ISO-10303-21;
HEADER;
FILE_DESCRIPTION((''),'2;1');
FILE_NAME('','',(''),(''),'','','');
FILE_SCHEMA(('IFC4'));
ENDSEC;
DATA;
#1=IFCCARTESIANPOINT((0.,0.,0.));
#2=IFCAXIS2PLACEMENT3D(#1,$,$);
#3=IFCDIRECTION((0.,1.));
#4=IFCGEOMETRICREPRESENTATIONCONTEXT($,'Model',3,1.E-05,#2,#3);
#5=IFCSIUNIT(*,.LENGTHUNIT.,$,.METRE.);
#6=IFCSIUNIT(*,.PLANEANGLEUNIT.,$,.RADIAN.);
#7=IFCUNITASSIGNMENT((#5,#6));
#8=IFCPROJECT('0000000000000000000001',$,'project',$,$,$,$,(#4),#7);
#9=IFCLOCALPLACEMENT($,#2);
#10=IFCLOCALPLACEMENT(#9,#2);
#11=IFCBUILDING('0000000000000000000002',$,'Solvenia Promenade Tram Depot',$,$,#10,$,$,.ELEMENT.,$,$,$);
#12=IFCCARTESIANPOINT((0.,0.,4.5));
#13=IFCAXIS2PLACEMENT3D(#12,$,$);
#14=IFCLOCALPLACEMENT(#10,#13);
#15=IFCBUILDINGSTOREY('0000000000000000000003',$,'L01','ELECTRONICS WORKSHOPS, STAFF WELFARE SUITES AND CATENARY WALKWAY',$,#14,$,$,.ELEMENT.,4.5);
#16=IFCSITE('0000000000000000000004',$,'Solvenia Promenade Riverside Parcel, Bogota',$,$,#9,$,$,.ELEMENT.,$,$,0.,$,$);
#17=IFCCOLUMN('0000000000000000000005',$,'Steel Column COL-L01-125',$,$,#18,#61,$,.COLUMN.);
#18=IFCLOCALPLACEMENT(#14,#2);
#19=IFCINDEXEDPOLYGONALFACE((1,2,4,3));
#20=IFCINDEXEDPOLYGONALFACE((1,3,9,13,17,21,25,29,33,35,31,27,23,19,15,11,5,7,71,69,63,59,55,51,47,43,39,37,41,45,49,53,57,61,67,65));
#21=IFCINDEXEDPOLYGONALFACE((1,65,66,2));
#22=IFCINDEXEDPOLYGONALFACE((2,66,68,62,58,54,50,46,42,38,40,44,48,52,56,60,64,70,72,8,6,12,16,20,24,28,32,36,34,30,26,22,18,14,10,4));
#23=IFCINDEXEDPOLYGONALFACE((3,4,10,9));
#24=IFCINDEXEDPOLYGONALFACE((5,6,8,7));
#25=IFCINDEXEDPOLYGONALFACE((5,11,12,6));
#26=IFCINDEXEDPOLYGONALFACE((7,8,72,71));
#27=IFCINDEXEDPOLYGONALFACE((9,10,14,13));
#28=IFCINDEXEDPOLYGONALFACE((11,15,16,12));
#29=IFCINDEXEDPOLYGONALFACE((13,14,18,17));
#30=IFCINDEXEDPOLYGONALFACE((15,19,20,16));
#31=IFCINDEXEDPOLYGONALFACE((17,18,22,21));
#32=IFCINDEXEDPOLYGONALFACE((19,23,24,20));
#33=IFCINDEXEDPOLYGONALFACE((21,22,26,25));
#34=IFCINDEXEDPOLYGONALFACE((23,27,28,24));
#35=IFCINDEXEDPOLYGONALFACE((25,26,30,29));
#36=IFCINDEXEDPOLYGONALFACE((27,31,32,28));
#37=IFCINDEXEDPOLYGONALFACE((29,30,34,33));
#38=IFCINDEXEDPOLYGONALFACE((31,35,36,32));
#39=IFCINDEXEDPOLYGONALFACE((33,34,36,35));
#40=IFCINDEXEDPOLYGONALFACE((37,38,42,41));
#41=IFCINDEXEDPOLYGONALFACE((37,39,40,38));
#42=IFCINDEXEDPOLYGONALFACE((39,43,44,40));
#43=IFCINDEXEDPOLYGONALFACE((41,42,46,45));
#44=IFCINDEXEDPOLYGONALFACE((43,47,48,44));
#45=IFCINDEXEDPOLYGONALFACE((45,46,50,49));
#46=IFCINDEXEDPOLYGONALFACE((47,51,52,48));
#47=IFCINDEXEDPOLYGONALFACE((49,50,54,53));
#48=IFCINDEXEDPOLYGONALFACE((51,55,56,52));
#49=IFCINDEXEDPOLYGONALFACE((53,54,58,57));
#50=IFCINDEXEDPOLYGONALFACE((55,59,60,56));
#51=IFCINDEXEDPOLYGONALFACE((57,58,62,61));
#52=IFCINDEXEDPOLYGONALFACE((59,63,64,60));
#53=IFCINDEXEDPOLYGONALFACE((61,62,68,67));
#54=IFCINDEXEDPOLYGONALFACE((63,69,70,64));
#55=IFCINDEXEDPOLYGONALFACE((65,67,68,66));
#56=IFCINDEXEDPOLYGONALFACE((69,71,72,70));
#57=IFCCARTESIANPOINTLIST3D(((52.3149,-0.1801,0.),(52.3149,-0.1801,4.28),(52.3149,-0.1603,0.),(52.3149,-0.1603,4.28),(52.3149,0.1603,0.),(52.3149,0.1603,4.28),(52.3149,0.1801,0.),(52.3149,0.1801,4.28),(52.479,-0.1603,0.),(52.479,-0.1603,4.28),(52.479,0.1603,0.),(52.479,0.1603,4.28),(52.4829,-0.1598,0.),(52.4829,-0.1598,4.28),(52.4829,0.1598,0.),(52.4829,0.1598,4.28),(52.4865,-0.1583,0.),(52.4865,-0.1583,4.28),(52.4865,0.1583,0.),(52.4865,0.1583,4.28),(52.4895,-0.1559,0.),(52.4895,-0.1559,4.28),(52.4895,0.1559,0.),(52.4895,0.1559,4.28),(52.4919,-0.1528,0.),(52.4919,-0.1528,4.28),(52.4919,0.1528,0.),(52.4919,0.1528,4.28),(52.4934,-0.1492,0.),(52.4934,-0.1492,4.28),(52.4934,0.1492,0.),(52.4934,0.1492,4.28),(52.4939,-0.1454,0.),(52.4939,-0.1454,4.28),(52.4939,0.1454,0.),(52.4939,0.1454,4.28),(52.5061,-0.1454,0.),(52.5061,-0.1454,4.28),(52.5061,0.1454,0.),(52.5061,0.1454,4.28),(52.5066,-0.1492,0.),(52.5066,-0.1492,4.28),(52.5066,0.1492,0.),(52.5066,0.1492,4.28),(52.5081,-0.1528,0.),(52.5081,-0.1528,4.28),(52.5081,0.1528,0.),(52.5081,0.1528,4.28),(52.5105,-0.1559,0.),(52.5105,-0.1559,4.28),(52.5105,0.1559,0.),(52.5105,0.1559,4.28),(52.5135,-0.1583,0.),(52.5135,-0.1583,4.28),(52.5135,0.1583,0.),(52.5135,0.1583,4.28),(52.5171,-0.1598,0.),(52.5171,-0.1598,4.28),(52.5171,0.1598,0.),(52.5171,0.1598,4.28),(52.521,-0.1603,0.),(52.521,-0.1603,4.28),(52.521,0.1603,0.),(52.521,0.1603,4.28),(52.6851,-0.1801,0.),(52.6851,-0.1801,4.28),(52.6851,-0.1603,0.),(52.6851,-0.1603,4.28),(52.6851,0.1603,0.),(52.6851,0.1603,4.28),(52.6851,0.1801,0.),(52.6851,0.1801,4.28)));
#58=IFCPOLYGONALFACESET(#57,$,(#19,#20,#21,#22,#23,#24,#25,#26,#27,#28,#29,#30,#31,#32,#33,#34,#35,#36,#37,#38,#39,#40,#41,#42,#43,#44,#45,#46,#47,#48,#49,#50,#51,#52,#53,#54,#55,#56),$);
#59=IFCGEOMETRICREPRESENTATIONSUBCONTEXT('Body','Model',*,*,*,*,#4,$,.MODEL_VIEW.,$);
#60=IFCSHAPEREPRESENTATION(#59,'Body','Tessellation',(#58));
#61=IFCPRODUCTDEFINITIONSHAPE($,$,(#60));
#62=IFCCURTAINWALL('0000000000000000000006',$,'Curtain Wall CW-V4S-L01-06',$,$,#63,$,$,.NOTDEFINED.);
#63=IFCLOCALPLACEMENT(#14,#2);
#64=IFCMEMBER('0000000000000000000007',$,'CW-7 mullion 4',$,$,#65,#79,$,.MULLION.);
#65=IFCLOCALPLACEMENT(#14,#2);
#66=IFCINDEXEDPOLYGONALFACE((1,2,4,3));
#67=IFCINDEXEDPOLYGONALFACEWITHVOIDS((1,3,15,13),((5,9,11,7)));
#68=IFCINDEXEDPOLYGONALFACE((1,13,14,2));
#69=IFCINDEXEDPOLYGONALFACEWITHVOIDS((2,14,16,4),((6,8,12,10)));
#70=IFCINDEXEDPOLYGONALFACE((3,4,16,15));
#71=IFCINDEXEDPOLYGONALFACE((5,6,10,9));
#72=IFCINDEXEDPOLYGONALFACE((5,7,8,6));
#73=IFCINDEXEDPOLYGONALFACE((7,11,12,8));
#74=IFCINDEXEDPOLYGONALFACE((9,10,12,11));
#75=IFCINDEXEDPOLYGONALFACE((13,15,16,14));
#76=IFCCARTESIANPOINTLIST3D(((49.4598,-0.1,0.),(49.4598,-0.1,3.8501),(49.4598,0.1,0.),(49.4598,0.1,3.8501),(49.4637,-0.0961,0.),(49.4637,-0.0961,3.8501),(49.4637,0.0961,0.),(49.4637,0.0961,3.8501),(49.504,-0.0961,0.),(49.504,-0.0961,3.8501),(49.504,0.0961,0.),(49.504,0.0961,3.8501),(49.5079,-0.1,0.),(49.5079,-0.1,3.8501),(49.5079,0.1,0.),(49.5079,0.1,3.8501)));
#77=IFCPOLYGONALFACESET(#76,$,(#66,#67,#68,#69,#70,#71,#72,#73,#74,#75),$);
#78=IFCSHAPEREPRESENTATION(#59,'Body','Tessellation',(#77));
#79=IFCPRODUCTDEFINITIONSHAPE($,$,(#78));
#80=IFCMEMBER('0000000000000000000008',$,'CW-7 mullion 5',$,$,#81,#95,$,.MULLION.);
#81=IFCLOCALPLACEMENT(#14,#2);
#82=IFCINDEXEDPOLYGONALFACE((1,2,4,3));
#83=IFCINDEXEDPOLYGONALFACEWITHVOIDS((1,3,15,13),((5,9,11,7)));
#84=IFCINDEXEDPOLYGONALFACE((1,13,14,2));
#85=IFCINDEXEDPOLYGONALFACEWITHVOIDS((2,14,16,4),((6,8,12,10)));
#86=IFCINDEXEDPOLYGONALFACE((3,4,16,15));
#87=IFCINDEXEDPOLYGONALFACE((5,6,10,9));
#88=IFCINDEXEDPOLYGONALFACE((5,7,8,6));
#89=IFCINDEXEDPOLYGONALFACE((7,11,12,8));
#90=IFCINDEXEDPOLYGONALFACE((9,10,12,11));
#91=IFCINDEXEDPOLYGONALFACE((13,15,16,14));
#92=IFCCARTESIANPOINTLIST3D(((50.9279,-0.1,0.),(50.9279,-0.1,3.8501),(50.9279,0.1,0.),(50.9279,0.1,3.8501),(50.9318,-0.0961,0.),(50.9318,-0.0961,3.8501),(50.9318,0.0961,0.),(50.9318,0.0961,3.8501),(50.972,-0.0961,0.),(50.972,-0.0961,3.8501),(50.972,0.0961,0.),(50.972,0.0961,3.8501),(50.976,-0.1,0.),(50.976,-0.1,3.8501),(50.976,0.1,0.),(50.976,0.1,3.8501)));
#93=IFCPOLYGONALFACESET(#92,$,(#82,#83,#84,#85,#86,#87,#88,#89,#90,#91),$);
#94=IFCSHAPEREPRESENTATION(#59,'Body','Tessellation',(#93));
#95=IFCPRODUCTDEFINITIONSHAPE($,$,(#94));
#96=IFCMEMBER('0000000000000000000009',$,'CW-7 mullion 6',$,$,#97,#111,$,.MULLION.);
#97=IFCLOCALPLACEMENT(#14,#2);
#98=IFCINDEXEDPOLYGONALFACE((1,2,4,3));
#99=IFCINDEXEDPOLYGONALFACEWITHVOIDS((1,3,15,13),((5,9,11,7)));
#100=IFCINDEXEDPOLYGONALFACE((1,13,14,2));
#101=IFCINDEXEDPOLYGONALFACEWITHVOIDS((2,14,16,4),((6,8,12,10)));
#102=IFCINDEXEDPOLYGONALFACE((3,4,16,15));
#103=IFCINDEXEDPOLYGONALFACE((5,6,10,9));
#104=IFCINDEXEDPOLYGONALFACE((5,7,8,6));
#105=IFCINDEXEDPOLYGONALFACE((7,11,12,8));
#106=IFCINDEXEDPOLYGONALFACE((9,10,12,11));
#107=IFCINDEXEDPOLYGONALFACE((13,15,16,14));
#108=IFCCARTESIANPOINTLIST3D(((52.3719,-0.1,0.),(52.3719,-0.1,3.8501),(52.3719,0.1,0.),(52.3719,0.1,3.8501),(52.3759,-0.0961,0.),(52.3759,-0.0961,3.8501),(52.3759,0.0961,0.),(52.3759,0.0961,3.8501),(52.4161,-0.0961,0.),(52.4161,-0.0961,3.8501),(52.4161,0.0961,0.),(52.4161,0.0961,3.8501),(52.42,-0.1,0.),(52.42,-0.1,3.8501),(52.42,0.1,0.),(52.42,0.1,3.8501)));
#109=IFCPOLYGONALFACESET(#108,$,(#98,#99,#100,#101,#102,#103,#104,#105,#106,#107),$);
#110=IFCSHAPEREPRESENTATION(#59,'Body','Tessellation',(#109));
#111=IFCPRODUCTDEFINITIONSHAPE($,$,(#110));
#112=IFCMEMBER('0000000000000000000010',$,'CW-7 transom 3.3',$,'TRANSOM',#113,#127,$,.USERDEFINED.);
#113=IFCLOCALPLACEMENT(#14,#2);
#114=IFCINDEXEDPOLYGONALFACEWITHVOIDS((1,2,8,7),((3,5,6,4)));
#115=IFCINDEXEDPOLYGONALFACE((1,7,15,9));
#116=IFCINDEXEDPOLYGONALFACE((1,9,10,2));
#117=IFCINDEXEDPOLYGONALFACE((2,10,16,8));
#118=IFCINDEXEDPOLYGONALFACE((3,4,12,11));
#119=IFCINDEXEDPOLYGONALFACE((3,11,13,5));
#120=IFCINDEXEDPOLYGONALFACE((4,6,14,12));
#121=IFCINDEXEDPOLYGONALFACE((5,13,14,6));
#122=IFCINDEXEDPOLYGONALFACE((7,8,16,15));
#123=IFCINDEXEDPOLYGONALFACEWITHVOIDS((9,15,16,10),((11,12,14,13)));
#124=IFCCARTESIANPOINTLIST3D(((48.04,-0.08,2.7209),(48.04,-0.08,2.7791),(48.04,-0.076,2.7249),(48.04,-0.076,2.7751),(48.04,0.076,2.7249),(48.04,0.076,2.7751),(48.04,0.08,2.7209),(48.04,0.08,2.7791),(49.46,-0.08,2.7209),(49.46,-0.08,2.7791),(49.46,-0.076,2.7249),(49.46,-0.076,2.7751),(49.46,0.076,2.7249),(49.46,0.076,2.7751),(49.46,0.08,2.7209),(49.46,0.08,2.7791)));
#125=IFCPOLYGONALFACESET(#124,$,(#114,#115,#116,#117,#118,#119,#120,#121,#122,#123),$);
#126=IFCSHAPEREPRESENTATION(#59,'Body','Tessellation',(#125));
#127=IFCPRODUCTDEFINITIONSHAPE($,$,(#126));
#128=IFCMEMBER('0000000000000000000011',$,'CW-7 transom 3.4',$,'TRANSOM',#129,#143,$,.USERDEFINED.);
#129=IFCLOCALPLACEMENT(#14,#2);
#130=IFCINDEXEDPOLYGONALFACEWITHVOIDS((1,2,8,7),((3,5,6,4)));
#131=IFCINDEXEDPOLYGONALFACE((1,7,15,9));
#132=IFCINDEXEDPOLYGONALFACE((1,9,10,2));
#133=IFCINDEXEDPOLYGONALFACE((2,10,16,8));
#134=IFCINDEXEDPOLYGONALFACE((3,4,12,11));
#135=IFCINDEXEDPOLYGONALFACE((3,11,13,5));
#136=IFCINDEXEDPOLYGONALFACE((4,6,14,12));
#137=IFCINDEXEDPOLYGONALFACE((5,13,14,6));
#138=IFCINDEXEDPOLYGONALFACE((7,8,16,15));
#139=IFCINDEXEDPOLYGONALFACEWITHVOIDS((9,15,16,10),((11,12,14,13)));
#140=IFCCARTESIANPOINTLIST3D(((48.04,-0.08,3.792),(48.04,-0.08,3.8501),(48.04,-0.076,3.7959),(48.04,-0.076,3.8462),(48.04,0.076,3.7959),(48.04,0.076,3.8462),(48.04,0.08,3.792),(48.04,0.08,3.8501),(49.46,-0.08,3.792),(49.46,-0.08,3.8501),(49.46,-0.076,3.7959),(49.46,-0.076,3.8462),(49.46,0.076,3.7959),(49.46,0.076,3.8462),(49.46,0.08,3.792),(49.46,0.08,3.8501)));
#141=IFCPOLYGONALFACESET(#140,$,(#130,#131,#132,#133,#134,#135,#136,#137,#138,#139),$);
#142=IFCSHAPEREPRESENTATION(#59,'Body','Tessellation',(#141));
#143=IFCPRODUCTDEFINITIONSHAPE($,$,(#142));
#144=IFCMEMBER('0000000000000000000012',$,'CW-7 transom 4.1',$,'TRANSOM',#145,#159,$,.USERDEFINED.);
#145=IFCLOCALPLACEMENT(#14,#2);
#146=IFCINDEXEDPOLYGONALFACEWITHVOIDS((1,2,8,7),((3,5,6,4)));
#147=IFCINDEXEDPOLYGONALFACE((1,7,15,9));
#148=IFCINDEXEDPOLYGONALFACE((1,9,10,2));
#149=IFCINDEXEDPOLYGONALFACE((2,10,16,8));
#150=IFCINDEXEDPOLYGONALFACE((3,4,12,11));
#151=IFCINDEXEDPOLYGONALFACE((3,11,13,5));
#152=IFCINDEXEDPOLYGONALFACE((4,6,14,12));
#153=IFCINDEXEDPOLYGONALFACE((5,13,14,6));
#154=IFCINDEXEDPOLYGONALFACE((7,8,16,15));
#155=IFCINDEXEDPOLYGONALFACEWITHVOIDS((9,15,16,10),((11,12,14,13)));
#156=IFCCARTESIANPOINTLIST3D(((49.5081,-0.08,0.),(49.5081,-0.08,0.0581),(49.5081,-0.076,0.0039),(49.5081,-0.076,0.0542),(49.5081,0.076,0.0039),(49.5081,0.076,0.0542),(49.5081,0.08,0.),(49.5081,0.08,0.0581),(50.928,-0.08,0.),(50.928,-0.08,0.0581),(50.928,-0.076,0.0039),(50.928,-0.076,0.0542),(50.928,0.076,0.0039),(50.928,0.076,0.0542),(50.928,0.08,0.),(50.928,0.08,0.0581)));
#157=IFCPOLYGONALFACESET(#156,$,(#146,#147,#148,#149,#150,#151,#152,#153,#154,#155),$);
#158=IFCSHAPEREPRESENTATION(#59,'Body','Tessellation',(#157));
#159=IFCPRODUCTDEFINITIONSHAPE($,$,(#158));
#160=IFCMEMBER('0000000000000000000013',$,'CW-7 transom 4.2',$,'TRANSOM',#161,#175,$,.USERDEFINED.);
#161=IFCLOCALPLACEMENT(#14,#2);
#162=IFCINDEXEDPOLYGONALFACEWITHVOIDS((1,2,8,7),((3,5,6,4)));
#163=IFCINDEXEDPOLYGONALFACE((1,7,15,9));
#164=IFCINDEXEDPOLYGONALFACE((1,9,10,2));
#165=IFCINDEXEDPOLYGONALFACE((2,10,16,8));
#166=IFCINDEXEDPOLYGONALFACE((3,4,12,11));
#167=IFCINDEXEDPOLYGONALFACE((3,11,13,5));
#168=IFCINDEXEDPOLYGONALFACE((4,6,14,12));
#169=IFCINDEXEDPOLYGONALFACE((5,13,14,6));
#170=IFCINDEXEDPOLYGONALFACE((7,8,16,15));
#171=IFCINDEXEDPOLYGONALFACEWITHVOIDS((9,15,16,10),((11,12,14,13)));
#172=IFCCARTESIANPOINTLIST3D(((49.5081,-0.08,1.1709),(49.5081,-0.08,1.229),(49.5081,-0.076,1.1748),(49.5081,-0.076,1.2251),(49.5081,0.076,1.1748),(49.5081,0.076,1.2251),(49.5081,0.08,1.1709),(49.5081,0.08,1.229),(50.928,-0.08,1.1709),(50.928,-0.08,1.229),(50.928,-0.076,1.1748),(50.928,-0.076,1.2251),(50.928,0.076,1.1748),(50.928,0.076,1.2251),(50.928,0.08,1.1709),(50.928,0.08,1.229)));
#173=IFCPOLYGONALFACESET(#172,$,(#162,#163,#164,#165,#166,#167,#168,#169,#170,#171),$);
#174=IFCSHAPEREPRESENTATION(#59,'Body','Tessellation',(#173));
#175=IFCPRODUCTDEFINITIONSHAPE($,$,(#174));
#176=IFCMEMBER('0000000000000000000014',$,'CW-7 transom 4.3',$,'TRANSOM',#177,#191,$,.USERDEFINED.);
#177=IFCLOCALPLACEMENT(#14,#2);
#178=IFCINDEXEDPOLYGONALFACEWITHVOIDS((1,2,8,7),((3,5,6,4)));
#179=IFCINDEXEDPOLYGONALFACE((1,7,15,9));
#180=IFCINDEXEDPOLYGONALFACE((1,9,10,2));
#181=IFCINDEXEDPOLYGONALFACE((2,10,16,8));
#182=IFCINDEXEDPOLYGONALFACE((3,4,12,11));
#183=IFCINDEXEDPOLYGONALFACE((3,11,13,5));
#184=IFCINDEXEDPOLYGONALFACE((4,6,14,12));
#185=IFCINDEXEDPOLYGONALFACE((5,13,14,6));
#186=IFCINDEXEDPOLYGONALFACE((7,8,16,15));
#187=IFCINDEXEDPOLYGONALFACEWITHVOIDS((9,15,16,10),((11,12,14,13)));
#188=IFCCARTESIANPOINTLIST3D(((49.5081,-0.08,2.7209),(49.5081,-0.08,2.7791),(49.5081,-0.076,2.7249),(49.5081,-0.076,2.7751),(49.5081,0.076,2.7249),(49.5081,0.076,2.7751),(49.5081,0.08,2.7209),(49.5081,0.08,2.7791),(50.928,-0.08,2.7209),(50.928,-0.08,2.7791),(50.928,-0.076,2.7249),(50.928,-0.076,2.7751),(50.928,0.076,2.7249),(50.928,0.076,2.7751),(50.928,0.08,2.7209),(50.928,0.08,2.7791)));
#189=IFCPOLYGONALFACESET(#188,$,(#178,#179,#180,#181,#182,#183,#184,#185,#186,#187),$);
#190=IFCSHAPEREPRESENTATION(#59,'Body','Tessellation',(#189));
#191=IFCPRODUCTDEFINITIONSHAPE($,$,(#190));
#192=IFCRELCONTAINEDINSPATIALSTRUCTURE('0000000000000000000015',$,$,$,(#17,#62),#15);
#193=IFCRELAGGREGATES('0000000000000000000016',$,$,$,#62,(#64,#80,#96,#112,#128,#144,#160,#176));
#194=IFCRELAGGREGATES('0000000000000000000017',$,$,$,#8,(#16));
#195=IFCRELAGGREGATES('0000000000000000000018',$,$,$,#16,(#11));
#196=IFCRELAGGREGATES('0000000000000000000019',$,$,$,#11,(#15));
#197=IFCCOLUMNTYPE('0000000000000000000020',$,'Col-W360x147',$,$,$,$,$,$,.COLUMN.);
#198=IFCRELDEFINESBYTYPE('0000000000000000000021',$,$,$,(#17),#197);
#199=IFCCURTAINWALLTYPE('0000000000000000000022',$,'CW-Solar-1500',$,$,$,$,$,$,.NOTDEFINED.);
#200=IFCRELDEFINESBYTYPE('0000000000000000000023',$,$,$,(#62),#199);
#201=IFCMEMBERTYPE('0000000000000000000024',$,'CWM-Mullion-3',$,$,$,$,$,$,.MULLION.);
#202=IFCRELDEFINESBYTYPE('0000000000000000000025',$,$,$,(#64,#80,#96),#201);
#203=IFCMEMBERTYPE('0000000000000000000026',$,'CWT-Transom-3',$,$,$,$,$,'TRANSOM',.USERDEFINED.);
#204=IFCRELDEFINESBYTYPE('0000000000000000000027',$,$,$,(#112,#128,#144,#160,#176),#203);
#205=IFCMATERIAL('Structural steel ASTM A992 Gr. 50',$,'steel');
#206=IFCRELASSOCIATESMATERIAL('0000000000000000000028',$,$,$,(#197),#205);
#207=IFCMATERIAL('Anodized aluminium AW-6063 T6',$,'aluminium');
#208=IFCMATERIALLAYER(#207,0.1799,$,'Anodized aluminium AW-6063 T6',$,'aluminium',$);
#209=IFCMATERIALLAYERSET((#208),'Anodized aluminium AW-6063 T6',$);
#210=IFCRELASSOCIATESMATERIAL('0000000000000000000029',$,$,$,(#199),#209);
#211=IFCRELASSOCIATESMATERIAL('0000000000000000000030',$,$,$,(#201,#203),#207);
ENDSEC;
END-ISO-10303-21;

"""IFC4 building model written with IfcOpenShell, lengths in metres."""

from ifc_helpers import new_model, si_unit, direction, frame, origin, origin_2d, place, context, subcontext, project, spatial, hollow_rectangle, i_section, extrude, material, layer, layer_set, material_profile, profile_set, type_object, element, aggregate, save


model = new_model("IFC4")

# Units and contexts
model_context = context("Model", 3, precision=1e-05, world=origin(), true_north=direction((0.0, 1.0)))
body_context = subcontext(model_context, "Body", "Model", "MODEL_VIEW")
ifc_project = project(units=[si_unit("LENGTHUNIT", "METRE"), si_unit("PLANEANGLEUNIT", "RADIAN")], contexts=[model_context])

# Site, building, storey
site_placement = place(None, origin())
site = spatial("IfcSite", under=ifc_project, at=site_placement, Name="Solvenia Promenade Riverside Parcel, Bogota", CompositionType="ELEMENT", RefElevation=0.0)
building_placement = place(site_placement, origin())
building = spatial("IfcBuilding", under=site, at=building_placement, Name="Solvenia Promenade Tram Depot", CompositionType="ELEMENT")
storey_placement = place(building_placement, frame((0.0, 0.0, 4.5)))
storey = spatial("IfcBuildingStorey", under=building, at=storey_placement, Name="L01", Description="ELECTRONICS WORKSHOPS, STAFF WELFARE SUITES AND CATENARY WALKWAY", CompositionType="ELEMENT", Elevation=4.5)

# Column
ifc_material_1 = material(Name="Structural steel ASTM A992 Gr. 50", Category="steel")
ifc_material_profile_1 = material_profile(ifc_material_1, i_section(OverallWidth=0.3701, OverallDepth=0.3601, WebThickness=0.0122, FlangeThickness=0.0198, FilletRadius=0.0149, at=origin_2d()), Name="W360x147", Category="steel")
ifc_profile_set_1 = profile_set([ifc_material_profile_1], Name="Structural steel ASTM A992 Gr. 50")
column_type = type_object("IfcColumnType", Name="Col-W360x147", PredefinedType="COLUMN", material=ifc_profile_set_1)
column_placement = place(storey_placement, frame((52.5, 0.0, 0.0), z_axis=(0.0, 0.0, 1.0), x_axis=(1.0, 0.0, 0.0)))
element("IfcColumn", 1, at=column_placement, inside=storey, type_object=column_type, Name="Steel Column COL-L01-125", PredefinedType="COLUMN", context=body_context, shape_type="SweptSolid", body=[
    extrude(i_section(OverallWidth=0.3701, OverallDepth=0.3601, WebThickness=0.0122, FlangeThickness=0.0198, FilletRadius=0.0149, at=origin_2d()), origin(), (0.0, 0.0, 1.0), 4.28),
])

# Curtain wall, members
ifc_material_2 = material(Name="Anodized aluminium AW-6063 T6", Category="aluminium")
ifc_layer_1 = layer(ifc_material_2, 0.1799, Name="Anodized aluminium AW-6063 T6", Category="aluminium")
ifc_layer_set_1 = layer_set([ifc_layer_1], Name="Anodized aluminium AW-6063 T6")
curtain_wall_type = type_object("IfcCurtainWallType", Name="CW-Solar-1500", PredefinedType="NOTDEFINED", material=ifc_layer_set_1)
curtain_wall_placement = place(storey_placement, origin())
curtain_wall = element("IfcCurtainWall", 2, at=curtain_wall_placement, inside=storey, type_object=curtain_wall_type, Name="Curtain Wall CW-V4S-L01-06", PredefinedType="NOTDEFINED")
ifc_material_profile_2 = material_profile(ifc_material_2, hollow_rectangle(XDim=0.2, YDim=0.0481, WallThickness=0.0039, at=origin_2d()), Name="ALU-M3", Category="aluminium")
ifc_profile_set_2 = profile_set([ifc_material_profile_2], Name="Anodized aluminium AW-6063 T6")
member_type_1 = type_object("IfcMemberType", Name="CWM-Mullion-3", PredefinedType="MULLION", material=ifc_profile_set_2)
member_1_placement = place(storey_placement, frame((49.4839, 0.0, 0.0), z_axis=(0.0, 0.0, 1.0), x_axis=(0.0, 1.0, 0.0)))
member_1 = element("IfcMember", 3, at=member_1_placement, type_object=member_type_1, Name="CW-7 mullion 4", PredefinedType="MULLION", context=body_context, shape_type="SweptSolid", body=[
    extrude(hollow_rectangle(XDim=0.2, YDim=0.0481, WallThickness=0.0039, at=origin_2d()), origin(), (0.0, 0.0, 1.0), 3.8501),
])
member_2_placement = place(storey_placement, frame((50.9519, 0.0, 0.0), z_axis=(0.0, 0.0, 1.0), x_axis=(0.0, 1.0, 0.0)))
member_2 = element("IfcMember", 4, at=member_2_placement, type_object=member_type_1, Name="CW-7 mullion 5", PredefinedType="MULLION", context=body_context, shape_type="SweptSolid", body=[
    extrude(hollow_rectangle(XDim=0.2, YDim=0.0481, WallThickness=0.0039, at=origin_2d()), origin(), (0.0, 0.0, 1.0), 3.8501),
])
member_3_placement = place(storey_placement, frame((52.396, 0.0, 0.0), z_axis=(0.0, 0.0, 1.0), x_axis=(0.0, 1.0, 0.0)))
member_3 = element("IfcMember", 5, at=member_3_placement, type_object=member_type_1, Name="CW-7 mullion 6", PredefinedType="MULLION", context=body_context, shape_type="SweptSolid", body=[
    extrude(hollow_rectangle(XDim=0.2, YDim=0.0481, WallThickness=0.0039, at=origin_2d()), origin(), (0.0, 0.0, 1.0), 3.8501),
])
ifc_material_profile_3 = material_profile(ifc_material_2, hollow_rectangle(XDim=0.1599, YDim=0.0581, WallThickness=0.0039, at=origin_2d()), Name="ALU-T3", Category="aluminium")
ifc_profile_set_3 = profile_set([ifc_material_profile_3], Name="Anodized aluminium AW-6063 T6")
member_type_2 = type_object("IfcMemberType", Name="CWT-Transom-3", ElementType="TRANSOM", PredefinedType="USERDEFINED", material=ifc_profile_set_3)
member_4_placement = place(storey_placement, frame((48.04, 0.0, 2.75), z_axis=(1.0, 0.0, 0.0), x_axis=(0.0, 1.0, 0.0)))
member_4 = element("IfcMember", 6, at=member_4_placement, type_object=member_type_2, Name="CW-7 transom 3.3", ObjectType="TRANSOM", PredefinedType="USERDEFINED", context=body_context, shape_type="SweptSolid", body=[
    extrude(hollow_rectangle(XDim=0.1599, YDim=0.0581, WallThickness=0.0039, at=origin_2d()), origin(), (0.0, 0.0, 1.0), 1.4199),
])
member_5_placement = place(storey_placement, frame((48.04, 0.0, 3.821), z_axis=(1.0, 0.0, 0.0), x_axis=(0.0, 1.0, 0.0)))
member_5 = element("IfcMember", 7, at=member_5_placement, type_object=member_type_2, Name="CW-7 transom 3.4", ObjectType="TRANSOM", PredefinedType="USERDEFINED", context=body_context, shape_type="SweptSolid", body=[
    extrude(hollow_rectangle(XDim=0.1599, YDim=0.0581, WallThickness=0.0039, at=origin_2d()), origin(), (0.0, 0.0, 1.0), 1.4199),
])
member_6_placement = place(storey_placement, frame((49.5081, 0.0, 0.0291), z_axis=(1.0, 0.0, 0.0), x_axis=(0.0, 1.0, 0.0)))
member_6 = element("IfcMember", 8, at=member_6_placement, type_object=member_type_2, Name="CW-7 transom 4.1", ObjectType="TRANSOM", PredefinedType="USERDEFINED", context=body_context, shape_type="SweptSolid", body=[
    extrude(hollow_rectangle(XDim=0.1599, YDim=0.0581, WallThickness=0.0039, at=origin_2d()), origin(), (0.0, 0.0, 1.0), 1.4199),
])
member_7_placement = place(storey_placement, frame((49.5081, 0.0, 1.2), z_axis=(1.0, 0.0, 0.0), x_axis=(0.0, 1.0, 0.0)))
member_7 = element("IfcMember", 9, at=member_7_placement, type_object=member_type_2, Name="CW-7 transom 4.2", ObjectType="TRANSOM", PredefinedType="USERDEFINED", context=body_context, shape_type="SweptSolid", body=[
    extrude(hollow_rectangle(XDim=0.1599, YDim=0.0581, WallThickness=0.0039, at=origin_2d()), origin(), (0.0, 0.0, 1.0), 1.4199),
])
member_8_placement = place(storey_placement, frame((49.5081, 0.0, 2.75), z_axis=(1.0, 0.0, 0.0), x_axis=(0.0, 1.0, 0.0)))
member_8 = element("IfcMember", 10, at=member_8_placement, type_object=member_type_2, Name="CW-7 transom 4.3", ObjectType="TRANSOM", PredefinedType="USERDEFINED", context=body_context, shape_type="SweptSolid", body=[
    extrude(hollow_rectangle(XDim=0.1599, YDim=0.0581, WallThickness=0.0039, at=origin_2d()), origin(), (0.0, 0.0, 1.0), 1.4199),
])
aggregate(curtain_wall, [member_1, member_2, member_3, member_4, member_5, member_6, member_7, member_8])

save(model, "model.ifc")
